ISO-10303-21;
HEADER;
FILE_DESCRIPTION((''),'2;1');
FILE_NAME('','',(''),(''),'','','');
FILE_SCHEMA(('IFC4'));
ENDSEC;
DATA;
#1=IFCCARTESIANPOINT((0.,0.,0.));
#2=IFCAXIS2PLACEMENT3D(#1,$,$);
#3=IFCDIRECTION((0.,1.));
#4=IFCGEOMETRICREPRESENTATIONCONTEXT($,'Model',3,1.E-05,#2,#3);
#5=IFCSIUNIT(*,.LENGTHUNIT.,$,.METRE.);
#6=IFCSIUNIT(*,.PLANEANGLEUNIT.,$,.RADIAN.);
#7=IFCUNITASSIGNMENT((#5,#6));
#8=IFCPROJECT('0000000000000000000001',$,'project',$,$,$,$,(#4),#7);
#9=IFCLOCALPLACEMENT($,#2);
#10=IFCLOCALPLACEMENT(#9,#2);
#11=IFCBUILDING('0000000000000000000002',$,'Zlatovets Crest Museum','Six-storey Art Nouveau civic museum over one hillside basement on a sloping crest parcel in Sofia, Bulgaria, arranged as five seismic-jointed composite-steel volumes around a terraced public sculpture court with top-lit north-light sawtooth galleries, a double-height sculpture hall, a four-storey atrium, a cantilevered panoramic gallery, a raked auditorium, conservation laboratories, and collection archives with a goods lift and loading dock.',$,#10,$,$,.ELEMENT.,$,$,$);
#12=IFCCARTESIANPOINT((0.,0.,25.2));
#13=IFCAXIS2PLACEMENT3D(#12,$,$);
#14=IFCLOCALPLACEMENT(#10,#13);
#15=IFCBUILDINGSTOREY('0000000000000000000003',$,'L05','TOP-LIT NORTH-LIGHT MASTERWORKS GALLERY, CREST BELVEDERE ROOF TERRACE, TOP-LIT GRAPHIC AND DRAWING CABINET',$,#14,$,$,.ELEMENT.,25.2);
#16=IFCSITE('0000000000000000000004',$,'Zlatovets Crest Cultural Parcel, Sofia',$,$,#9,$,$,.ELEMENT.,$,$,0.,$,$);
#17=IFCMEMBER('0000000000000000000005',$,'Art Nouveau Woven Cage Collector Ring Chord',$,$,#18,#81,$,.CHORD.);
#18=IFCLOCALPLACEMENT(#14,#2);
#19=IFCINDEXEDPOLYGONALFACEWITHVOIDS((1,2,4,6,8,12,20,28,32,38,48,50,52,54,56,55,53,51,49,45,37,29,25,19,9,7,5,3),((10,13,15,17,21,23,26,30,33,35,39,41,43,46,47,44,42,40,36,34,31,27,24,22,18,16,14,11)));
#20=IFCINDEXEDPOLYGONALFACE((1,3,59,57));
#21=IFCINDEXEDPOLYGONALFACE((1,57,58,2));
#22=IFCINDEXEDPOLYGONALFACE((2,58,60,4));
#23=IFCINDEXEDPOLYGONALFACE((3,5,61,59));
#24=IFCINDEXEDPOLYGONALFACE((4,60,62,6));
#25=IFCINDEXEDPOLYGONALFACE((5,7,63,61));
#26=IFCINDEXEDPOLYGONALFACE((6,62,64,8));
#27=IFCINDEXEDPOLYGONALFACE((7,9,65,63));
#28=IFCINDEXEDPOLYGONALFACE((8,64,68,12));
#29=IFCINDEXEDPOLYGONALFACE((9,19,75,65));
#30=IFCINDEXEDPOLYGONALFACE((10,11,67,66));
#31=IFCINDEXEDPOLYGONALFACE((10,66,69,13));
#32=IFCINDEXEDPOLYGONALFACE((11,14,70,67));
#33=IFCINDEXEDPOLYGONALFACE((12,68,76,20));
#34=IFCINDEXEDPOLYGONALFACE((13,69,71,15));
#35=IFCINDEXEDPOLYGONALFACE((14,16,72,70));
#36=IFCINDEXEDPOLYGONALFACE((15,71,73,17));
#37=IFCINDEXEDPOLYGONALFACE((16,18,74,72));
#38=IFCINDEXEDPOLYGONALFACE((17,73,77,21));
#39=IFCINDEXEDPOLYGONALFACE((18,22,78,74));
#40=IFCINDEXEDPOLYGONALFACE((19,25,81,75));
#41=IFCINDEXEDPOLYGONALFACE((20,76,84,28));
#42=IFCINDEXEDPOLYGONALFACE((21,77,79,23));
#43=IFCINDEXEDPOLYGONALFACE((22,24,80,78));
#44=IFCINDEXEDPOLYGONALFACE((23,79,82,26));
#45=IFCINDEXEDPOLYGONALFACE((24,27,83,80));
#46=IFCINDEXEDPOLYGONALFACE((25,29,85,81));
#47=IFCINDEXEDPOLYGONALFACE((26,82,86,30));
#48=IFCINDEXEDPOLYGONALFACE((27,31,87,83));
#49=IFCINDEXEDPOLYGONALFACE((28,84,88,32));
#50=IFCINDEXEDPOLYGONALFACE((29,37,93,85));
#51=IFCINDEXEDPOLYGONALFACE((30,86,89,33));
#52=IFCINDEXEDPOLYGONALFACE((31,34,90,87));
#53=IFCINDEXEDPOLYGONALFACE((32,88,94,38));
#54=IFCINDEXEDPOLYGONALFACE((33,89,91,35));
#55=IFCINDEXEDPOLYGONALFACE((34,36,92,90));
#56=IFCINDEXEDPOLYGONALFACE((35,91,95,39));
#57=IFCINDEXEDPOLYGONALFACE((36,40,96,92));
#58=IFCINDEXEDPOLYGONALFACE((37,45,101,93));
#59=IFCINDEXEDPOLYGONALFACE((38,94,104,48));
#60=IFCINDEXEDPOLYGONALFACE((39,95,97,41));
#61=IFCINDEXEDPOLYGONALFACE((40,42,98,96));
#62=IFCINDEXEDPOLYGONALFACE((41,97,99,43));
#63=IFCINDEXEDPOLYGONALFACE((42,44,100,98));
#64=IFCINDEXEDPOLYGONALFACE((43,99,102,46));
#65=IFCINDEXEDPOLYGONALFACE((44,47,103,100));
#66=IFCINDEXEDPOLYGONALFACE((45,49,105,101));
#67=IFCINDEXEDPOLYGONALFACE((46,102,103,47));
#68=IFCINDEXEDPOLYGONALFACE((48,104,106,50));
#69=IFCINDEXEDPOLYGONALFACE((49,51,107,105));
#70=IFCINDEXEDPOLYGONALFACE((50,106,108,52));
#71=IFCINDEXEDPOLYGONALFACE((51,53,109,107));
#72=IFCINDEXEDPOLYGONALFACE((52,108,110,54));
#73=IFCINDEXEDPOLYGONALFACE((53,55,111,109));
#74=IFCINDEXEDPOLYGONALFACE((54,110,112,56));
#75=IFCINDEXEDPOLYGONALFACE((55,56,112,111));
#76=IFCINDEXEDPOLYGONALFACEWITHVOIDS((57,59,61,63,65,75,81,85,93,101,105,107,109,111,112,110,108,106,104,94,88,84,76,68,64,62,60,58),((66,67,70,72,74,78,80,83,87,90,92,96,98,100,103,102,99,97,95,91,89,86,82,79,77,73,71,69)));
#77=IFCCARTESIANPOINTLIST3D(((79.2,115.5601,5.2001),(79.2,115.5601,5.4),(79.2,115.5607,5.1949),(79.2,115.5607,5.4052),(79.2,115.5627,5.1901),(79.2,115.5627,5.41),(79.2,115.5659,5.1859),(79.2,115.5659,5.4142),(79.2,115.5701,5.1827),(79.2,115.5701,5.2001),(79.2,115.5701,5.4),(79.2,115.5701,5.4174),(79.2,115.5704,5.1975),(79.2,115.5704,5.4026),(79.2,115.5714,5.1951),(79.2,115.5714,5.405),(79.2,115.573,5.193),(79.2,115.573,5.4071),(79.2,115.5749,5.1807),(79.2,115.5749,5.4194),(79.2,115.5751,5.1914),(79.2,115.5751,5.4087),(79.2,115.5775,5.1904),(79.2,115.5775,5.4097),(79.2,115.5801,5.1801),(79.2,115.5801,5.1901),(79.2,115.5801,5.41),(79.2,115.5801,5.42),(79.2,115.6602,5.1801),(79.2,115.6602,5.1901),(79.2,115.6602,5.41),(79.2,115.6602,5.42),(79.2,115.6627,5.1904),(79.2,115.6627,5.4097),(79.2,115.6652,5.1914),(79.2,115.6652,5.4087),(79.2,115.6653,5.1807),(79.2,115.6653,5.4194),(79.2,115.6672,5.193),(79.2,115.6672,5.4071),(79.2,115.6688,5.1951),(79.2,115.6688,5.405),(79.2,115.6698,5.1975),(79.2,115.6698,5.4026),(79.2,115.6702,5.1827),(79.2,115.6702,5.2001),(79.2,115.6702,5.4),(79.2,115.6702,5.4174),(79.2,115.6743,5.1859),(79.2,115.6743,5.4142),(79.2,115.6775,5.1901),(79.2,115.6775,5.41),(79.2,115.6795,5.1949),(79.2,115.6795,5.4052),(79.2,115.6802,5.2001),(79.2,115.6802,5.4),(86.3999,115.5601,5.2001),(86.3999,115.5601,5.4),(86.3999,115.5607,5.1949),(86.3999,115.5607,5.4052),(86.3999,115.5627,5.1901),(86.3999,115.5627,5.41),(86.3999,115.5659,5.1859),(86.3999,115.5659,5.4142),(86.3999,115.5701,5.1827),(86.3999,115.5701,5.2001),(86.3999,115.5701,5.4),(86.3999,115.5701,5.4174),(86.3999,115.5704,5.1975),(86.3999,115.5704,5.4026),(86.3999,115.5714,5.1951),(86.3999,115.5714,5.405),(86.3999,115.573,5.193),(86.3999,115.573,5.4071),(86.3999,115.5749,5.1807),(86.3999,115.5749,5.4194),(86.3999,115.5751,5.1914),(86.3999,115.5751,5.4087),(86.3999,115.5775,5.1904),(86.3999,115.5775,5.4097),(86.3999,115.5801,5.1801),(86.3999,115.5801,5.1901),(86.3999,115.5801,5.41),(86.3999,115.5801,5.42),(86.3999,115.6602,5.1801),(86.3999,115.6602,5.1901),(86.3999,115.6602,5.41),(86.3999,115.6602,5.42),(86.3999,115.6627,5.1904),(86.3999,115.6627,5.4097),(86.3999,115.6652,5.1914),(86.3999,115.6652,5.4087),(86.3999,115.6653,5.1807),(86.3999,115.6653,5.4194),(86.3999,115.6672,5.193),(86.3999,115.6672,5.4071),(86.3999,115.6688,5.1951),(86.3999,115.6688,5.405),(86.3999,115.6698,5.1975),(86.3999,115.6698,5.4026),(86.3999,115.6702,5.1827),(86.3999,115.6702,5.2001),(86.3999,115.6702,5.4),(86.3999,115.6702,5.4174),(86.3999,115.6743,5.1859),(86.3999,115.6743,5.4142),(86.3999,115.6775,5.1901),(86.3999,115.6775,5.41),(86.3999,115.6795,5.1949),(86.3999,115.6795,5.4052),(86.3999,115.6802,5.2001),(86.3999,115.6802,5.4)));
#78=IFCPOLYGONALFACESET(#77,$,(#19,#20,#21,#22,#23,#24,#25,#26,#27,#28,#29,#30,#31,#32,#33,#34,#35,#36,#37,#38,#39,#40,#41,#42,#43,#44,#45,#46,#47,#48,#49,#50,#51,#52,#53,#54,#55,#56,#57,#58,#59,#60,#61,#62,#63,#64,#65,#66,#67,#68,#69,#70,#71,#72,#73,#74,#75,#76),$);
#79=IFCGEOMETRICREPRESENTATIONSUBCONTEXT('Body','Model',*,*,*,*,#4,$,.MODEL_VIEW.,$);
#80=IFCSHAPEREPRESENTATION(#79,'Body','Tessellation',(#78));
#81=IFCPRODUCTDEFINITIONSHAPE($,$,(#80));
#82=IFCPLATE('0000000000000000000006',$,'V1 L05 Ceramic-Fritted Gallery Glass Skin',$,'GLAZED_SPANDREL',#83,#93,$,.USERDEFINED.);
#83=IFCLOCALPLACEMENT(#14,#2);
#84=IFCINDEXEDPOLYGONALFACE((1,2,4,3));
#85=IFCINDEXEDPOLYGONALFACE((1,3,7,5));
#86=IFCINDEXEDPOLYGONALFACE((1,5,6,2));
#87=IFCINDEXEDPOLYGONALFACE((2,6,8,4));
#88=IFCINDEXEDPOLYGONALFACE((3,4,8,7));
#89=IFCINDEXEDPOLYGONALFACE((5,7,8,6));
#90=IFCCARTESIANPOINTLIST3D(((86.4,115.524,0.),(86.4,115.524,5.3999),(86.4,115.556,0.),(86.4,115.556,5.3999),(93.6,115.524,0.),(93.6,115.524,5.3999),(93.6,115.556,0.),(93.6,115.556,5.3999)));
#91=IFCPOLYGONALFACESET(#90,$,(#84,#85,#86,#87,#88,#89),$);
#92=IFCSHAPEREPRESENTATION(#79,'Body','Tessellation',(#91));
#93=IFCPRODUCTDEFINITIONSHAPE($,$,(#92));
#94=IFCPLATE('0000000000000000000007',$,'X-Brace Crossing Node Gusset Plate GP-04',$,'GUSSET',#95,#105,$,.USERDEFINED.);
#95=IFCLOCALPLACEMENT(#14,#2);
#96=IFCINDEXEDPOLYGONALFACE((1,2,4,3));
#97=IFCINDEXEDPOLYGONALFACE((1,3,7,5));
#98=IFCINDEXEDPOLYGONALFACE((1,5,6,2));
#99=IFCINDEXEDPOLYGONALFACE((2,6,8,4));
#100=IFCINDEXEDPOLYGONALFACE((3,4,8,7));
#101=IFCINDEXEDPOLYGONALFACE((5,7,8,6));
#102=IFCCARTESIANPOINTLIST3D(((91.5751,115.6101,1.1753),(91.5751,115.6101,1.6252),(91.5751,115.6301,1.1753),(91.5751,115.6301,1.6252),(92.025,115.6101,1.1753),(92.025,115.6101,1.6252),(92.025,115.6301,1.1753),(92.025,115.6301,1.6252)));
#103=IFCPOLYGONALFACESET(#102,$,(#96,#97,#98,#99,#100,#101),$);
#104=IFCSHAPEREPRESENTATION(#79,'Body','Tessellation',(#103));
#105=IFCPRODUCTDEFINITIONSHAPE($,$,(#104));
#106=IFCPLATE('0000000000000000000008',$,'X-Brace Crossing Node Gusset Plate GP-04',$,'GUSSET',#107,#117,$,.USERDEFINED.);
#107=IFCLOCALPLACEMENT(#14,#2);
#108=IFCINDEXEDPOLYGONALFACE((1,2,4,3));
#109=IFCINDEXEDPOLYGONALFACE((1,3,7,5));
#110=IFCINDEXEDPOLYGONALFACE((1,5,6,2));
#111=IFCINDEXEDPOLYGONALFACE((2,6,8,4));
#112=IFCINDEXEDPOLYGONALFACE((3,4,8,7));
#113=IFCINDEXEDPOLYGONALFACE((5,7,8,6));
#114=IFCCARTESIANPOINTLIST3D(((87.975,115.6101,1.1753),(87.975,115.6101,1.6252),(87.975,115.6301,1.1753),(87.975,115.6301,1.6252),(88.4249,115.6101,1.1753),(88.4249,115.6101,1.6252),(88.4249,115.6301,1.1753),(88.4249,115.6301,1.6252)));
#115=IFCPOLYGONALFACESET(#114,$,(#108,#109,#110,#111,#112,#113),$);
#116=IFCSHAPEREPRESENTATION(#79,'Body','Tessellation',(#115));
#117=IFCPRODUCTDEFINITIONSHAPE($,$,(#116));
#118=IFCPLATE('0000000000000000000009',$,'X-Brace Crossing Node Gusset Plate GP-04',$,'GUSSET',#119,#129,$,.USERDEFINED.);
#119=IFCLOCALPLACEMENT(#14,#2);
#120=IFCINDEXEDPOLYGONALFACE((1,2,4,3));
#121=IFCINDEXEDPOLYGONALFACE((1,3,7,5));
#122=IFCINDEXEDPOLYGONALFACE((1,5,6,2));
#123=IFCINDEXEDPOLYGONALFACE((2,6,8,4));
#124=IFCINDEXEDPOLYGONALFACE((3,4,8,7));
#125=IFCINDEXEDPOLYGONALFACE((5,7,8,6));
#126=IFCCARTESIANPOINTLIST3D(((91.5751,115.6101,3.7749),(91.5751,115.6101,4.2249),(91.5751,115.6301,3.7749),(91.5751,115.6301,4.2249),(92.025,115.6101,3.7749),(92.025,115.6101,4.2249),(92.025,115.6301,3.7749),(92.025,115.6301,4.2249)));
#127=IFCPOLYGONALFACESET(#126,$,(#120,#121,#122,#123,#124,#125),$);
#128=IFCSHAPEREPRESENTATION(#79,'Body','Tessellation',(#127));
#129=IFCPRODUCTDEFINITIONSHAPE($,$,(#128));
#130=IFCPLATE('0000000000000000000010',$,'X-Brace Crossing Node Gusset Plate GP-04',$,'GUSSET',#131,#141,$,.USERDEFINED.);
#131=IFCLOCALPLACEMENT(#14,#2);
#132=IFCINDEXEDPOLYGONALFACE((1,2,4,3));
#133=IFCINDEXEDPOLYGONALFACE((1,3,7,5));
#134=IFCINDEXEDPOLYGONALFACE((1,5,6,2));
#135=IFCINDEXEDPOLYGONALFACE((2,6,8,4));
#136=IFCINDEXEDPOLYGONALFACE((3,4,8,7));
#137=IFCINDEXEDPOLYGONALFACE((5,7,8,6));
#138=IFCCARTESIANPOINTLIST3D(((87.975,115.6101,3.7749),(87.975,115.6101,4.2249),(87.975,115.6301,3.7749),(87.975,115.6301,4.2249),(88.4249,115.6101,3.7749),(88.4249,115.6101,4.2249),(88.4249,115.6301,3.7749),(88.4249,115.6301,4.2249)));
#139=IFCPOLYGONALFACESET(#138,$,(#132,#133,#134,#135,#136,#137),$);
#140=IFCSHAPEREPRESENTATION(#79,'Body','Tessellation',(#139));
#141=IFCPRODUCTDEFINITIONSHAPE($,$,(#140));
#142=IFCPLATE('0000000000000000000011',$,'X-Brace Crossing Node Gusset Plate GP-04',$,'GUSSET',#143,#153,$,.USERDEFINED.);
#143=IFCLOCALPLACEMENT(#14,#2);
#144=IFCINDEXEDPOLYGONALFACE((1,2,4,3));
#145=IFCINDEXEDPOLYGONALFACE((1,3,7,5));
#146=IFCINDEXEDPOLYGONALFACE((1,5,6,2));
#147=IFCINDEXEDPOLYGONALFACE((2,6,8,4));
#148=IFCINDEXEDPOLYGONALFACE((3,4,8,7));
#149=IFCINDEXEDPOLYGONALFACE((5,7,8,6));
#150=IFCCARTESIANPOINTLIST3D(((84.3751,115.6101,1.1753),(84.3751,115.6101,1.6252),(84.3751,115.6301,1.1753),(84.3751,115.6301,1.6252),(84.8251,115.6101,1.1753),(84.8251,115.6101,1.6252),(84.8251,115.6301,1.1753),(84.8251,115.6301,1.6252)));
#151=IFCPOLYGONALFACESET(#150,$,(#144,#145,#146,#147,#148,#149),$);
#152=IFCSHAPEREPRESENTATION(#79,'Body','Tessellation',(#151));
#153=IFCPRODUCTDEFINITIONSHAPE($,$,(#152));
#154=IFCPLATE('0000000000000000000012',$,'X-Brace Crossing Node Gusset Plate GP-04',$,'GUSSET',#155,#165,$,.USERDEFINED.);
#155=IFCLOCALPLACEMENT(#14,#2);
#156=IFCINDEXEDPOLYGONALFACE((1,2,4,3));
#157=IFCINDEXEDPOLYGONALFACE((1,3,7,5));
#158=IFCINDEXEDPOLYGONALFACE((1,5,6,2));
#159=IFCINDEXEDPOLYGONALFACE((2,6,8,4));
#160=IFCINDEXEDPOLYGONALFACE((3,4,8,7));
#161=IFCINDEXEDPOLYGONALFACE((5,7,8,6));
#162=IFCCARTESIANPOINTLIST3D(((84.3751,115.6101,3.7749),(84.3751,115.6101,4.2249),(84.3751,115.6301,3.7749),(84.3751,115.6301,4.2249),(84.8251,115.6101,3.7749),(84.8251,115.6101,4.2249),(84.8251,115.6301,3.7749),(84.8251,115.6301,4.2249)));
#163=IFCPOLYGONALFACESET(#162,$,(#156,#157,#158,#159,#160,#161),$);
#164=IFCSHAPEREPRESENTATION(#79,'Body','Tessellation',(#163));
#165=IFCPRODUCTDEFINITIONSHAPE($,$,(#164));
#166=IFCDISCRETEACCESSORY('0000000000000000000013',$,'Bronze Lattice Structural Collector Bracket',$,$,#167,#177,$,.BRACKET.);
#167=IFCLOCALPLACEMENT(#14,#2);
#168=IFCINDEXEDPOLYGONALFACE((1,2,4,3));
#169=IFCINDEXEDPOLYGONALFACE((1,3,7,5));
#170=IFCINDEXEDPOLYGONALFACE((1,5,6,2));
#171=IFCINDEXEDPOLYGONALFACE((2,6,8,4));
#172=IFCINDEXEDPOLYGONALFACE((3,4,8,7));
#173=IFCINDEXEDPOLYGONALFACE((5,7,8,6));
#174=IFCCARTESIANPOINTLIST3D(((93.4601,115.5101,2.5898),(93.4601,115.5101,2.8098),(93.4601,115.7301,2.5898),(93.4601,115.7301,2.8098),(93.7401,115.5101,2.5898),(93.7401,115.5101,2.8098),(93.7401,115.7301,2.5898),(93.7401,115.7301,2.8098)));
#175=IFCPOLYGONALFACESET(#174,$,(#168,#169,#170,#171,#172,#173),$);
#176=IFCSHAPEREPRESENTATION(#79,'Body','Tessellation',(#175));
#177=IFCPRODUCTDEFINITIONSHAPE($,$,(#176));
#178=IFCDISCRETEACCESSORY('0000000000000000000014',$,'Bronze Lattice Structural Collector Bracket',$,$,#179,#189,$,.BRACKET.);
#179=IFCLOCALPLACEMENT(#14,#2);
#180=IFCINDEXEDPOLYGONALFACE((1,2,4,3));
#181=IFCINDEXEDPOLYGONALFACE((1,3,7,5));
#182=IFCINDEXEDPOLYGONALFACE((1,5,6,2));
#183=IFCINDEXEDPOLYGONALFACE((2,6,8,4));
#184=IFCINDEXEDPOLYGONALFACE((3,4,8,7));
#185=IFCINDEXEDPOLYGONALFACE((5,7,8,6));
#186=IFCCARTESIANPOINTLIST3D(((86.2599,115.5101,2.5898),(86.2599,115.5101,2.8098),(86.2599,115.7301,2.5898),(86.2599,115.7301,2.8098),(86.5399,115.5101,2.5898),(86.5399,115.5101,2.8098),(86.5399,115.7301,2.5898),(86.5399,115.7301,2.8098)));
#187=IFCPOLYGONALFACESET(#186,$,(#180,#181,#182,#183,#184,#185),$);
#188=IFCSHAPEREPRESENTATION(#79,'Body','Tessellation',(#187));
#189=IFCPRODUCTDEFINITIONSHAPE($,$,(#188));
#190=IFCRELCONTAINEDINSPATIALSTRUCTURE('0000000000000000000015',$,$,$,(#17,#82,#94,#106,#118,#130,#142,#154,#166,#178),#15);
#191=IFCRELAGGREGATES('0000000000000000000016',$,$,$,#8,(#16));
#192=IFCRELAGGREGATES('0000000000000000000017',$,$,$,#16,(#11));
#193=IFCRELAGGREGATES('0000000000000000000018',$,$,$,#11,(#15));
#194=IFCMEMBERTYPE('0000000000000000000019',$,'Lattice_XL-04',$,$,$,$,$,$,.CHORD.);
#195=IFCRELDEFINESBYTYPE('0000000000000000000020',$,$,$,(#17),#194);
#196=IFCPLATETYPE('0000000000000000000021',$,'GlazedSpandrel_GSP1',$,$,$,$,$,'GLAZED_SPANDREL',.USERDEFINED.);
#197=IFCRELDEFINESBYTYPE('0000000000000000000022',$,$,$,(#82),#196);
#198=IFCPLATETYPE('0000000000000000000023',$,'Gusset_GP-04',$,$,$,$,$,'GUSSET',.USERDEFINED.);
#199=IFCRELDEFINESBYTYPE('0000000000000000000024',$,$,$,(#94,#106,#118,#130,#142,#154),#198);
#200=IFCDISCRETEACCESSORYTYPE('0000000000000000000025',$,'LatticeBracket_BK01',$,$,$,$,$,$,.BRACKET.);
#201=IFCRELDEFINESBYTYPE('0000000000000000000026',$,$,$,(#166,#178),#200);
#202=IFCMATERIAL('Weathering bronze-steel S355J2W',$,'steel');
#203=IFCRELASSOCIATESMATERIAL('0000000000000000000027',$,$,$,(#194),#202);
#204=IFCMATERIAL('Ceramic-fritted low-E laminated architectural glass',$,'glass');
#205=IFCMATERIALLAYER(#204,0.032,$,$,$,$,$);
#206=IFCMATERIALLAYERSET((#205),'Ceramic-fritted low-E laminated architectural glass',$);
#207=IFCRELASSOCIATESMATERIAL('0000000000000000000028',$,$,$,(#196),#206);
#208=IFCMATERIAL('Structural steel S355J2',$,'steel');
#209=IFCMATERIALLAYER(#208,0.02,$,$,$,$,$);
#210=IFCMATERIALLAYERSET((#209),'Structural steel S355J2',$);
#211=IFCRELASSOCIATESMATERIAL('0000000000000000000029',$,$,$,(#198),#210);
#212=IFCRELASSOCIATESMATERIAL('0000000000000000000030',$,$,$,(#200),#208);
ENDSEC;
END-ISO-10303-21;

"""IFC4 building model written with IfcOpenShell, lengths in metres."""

from ifc_helpers import new_model, si_unit, direction, frame, origin, origin_2d, place, context, subcontext, project, spatial, rectangle, hollow_rectangle, extrude, material, layer, layer_set, material_profile, profile_set, type_object, element, save


model = new_model("IFC4")

# Units and contexts
model_context = context("Model", 3, precision=1e-05, world=origin(), true_north=direction((0.0, 1.0)))
body_context = subcontext(model_context, "Body", "Model", "MODEL_VIEW")
ifc_project = project(units=[si_unit("LENGTHUNIT", "METRE"), si_unit("PLANEANGLEUNIT", "RADIAN")], contexts=[model_context])

# Site, building, storey
site_placement = place(None, origin())
site = spatial("IfcSite", under=ifc_project, at=site_placement, Name="Zlatovets Crest Cultural Parcel, Sofia", CompositionType="ELEMENT", RefElevation=0.0)
building_placement = place(site_placement, origin())
building = spatial("IfcBuilding", under=site, at=building_placement, Name="Zlatovets Crest Museum", Description="Six-storey Art Nouveau civic museum over one hillside basement on a sloping crest parcel in Sofia, Bulgaria, arranged as five seismic-jointed composite-steel volumes around a terraced public sculpture court with top-lit north-light sawtooth galleries, a double-height sculpture hall, a four-storey atrium, a cantilevered panoramic gallery, a raked auditorium, conservation laboratories, and collection archives with a goods lift and loading dock.", CompositionType="ELEMENT")
storey_placement = place(building_placement, frame((0.0, 0.0, 25.2)))
storey = spatial("IfcBuildingStorey", under=building, at=storey_placement, Name="L05", Description="TOP-LIT NORTH-LIGHT MASTERWORKS GALLERY, CREST BELVEDERE ROOF TERRACE, TOP-LIT GRAPHIC AND DRAWING CABINET", CompositionType="ELEMENT", Elevation=25.2)

# Member
ifc_material_1 = material(Name="Weathering bronze-steel S355J2W", Category="steel")
ifc_material_profile_1 = material_profile(ifc_material_1, hollow_rectangle(XDim=0.1201, YDim=0.24, WallThickness=0.01, InnerFilletRadius=0.01, OuterFilletRadius=0.02, at=origin_2d()), Name="RHS 120x240x10.0")
ifc_profile_set_1 = profile_set([ifc_material_profile_1], Name="Weathering bronze-steel S355J2W")
member_type_1 = type_object("IfcMemberType", Name="Lattice_XL-04", PredefinedType="CHORD", material=ifc_profile_set_1)
member_1_placement = place(storey_placement, frame((86.3999, 115.6201, 5.3), z_axis=(-1.0, 0.0, 0.0), x_axis=(0.0, -1.0, 0.0)))
element("IfcMember", 1, at=member_1_placement, inside=storey, type_object=member_type_1, Name="Art Nouveau Woven Cage Collector Ring Chord", PredefinedType="CHORD", context=body_context, shape_type="SweptSolid", body=[
    extrude(hollow_rectangle(XDim=0.1201, YDim=0.24, WallThickness=0.01, InnerFilletRadius=0.01, OuterFilletRadius=0.02, at=origin_2d()), origin(), (0.0, 0.0, 1.0), 7.2),
])

# Plates
ifc_material_2 = material(Name="Ceramic-fritted low-E laminated architectural glass", Category="glass")
ifc_layer_1 = layer(ifc_material_2, 0.032)
ifc_layer_set_1 = layer_set([ifc_layer_1], Name="Ceramic-fritted low-E laminated architectural glass")
plate_type_1 = type_object("IfcPlateType", Name="GlazedSpandrel_GSP1", ElementType="GLAZED_SPANDREL", PredefinedType="USERDEFINED", material=ifc_layer_set_1)
plate_placement = place(storey_placement, frame((90.0, 115.54, 0.0), z_axis=(0.0, 0.0, 1.0), x_axis=(1.0, 0.0, 0.0)))
element("IfcPlate", 2, at=plate_placement, inside=storey, type_object=plate_type_1, Name="V1 L05 Ceramic-Fritted Gallery Glass Skin", ObjectType="GLAZED_SPANDREL", PredefinedType="USERDEFINED", context=body_context, shape_type="SweptSolid", body=[
    extrude(rectangle(XDim=7.2, YDim=0.032, at=origin_2d()), origin(), (0.0, 0.0, 1.0), 5.3999),
])
ifc_material_3 = material(Name="Structural steel S355J2", Category="steel")
ifc_layer_2 = layer(ifc_material_3, 0.02)
ifc_layer_set_2 = layer_set([ifc_layer_2], Name="Structural steel S355J2")
plate_type_2 = type_object("IfcPlateType", Name="Gusset_GP-04", ElementType="GUSSET", PredefinedType="USERDEFINED", material=ifc_layer_set_2)
for number, where, z_axis, x_axis, name in (
    (3, (91.8, 115.6201, 1.1753), (0.0, 0.0, 1.0), (1.0, 0.0, 0.0), "X-Brace Crossing Node Gusset Plate GP-04"),
    (4, (88.2, 115.6201, 1.1753), (0.0, 0.0, 1.0), (1.0, 0.0, 0.0), "X-Brace Crossing Node Gusset Plate GP-04"),
    (5, (91.8, 115.6201, 3.7749), (0.0, 0.0, 1.0), (1.0, 0.0, 0.0), "X-Brace Crossing Node Gusset Plate GP-04"),
    (6, (88.2, 115.6201, 3.7749), (0.0, 0.0, 1.0), (1.0, 0.0, 0.0), "X-Brace Crossing Node Gusset Plate GP-04"),
    (7, (84.6001, 115.6201, 1.1753), (0.0, 0.0, 1.0), (1.0, 0.0, 0.0), "X-Brace Crossing Node Gusset Plate GP-04"),
    (8, (84.6001, 115.6201, 3.7749), (0.0, 0.0, 1.0), (1.0, 0.0, 0.0), "X-Brace Crossing Node Gusset Plate GP-04"),
):
    element("IfcPlate", number, at=place(storey_placement, frame(where, z_axis=z_axis, x_axis=x_axis)), inside=storey, type_object=plate_type_2, Name=name, ObjectType="GUSSET", PredefinedType="USERDEFINED", context=body_context, shape_type="SweptSolid", body=[
        extrude(rectangle(XDim=0.45, YDim=0.02, at=origin_2d()), origin(), (0.0, 0.0, 1.0), 0.45),
    ])

# Discrete accessories
discrete_accessory_type = type_object("IfcDiscreteAccessoryType", Name="LatticeBracket_BK01", PredefinedType="BRACKET", material=ifc_material_3)
for number, where, z_axis, x_axis, name in (
    (9, (93.6001, 115.6201, 2.5898), (0.0, 0.0, 1.0), (1.0, 0.0, 0.0), "Bronze Lattice Structural Collector Bracket"),
    (10, (86.3999, 115.6201, 2.5898), (0.0, 0.0, 1.0), (1.0, 0.0, 0.0), "Bronze Lattice Structural Collector Bracket"),
):
    element("IfcDiscreteAccessory", number, at=place(storey_placement, frame(where, z_axis=z_axis, x_axis=x_axis)), inside=storey, type_object=discrete_accessory_type, Name=name, PredefinedType="BRACKET", context=body_context, shape_type="SweptSolid", body=[
        extrude(rectangle(XDim=0.28, YDim=0.22, at=origin_2d()), origin(), (0.0, 0.0, 1.0), 0.22),
    ])

save(model, "model.ifc")
